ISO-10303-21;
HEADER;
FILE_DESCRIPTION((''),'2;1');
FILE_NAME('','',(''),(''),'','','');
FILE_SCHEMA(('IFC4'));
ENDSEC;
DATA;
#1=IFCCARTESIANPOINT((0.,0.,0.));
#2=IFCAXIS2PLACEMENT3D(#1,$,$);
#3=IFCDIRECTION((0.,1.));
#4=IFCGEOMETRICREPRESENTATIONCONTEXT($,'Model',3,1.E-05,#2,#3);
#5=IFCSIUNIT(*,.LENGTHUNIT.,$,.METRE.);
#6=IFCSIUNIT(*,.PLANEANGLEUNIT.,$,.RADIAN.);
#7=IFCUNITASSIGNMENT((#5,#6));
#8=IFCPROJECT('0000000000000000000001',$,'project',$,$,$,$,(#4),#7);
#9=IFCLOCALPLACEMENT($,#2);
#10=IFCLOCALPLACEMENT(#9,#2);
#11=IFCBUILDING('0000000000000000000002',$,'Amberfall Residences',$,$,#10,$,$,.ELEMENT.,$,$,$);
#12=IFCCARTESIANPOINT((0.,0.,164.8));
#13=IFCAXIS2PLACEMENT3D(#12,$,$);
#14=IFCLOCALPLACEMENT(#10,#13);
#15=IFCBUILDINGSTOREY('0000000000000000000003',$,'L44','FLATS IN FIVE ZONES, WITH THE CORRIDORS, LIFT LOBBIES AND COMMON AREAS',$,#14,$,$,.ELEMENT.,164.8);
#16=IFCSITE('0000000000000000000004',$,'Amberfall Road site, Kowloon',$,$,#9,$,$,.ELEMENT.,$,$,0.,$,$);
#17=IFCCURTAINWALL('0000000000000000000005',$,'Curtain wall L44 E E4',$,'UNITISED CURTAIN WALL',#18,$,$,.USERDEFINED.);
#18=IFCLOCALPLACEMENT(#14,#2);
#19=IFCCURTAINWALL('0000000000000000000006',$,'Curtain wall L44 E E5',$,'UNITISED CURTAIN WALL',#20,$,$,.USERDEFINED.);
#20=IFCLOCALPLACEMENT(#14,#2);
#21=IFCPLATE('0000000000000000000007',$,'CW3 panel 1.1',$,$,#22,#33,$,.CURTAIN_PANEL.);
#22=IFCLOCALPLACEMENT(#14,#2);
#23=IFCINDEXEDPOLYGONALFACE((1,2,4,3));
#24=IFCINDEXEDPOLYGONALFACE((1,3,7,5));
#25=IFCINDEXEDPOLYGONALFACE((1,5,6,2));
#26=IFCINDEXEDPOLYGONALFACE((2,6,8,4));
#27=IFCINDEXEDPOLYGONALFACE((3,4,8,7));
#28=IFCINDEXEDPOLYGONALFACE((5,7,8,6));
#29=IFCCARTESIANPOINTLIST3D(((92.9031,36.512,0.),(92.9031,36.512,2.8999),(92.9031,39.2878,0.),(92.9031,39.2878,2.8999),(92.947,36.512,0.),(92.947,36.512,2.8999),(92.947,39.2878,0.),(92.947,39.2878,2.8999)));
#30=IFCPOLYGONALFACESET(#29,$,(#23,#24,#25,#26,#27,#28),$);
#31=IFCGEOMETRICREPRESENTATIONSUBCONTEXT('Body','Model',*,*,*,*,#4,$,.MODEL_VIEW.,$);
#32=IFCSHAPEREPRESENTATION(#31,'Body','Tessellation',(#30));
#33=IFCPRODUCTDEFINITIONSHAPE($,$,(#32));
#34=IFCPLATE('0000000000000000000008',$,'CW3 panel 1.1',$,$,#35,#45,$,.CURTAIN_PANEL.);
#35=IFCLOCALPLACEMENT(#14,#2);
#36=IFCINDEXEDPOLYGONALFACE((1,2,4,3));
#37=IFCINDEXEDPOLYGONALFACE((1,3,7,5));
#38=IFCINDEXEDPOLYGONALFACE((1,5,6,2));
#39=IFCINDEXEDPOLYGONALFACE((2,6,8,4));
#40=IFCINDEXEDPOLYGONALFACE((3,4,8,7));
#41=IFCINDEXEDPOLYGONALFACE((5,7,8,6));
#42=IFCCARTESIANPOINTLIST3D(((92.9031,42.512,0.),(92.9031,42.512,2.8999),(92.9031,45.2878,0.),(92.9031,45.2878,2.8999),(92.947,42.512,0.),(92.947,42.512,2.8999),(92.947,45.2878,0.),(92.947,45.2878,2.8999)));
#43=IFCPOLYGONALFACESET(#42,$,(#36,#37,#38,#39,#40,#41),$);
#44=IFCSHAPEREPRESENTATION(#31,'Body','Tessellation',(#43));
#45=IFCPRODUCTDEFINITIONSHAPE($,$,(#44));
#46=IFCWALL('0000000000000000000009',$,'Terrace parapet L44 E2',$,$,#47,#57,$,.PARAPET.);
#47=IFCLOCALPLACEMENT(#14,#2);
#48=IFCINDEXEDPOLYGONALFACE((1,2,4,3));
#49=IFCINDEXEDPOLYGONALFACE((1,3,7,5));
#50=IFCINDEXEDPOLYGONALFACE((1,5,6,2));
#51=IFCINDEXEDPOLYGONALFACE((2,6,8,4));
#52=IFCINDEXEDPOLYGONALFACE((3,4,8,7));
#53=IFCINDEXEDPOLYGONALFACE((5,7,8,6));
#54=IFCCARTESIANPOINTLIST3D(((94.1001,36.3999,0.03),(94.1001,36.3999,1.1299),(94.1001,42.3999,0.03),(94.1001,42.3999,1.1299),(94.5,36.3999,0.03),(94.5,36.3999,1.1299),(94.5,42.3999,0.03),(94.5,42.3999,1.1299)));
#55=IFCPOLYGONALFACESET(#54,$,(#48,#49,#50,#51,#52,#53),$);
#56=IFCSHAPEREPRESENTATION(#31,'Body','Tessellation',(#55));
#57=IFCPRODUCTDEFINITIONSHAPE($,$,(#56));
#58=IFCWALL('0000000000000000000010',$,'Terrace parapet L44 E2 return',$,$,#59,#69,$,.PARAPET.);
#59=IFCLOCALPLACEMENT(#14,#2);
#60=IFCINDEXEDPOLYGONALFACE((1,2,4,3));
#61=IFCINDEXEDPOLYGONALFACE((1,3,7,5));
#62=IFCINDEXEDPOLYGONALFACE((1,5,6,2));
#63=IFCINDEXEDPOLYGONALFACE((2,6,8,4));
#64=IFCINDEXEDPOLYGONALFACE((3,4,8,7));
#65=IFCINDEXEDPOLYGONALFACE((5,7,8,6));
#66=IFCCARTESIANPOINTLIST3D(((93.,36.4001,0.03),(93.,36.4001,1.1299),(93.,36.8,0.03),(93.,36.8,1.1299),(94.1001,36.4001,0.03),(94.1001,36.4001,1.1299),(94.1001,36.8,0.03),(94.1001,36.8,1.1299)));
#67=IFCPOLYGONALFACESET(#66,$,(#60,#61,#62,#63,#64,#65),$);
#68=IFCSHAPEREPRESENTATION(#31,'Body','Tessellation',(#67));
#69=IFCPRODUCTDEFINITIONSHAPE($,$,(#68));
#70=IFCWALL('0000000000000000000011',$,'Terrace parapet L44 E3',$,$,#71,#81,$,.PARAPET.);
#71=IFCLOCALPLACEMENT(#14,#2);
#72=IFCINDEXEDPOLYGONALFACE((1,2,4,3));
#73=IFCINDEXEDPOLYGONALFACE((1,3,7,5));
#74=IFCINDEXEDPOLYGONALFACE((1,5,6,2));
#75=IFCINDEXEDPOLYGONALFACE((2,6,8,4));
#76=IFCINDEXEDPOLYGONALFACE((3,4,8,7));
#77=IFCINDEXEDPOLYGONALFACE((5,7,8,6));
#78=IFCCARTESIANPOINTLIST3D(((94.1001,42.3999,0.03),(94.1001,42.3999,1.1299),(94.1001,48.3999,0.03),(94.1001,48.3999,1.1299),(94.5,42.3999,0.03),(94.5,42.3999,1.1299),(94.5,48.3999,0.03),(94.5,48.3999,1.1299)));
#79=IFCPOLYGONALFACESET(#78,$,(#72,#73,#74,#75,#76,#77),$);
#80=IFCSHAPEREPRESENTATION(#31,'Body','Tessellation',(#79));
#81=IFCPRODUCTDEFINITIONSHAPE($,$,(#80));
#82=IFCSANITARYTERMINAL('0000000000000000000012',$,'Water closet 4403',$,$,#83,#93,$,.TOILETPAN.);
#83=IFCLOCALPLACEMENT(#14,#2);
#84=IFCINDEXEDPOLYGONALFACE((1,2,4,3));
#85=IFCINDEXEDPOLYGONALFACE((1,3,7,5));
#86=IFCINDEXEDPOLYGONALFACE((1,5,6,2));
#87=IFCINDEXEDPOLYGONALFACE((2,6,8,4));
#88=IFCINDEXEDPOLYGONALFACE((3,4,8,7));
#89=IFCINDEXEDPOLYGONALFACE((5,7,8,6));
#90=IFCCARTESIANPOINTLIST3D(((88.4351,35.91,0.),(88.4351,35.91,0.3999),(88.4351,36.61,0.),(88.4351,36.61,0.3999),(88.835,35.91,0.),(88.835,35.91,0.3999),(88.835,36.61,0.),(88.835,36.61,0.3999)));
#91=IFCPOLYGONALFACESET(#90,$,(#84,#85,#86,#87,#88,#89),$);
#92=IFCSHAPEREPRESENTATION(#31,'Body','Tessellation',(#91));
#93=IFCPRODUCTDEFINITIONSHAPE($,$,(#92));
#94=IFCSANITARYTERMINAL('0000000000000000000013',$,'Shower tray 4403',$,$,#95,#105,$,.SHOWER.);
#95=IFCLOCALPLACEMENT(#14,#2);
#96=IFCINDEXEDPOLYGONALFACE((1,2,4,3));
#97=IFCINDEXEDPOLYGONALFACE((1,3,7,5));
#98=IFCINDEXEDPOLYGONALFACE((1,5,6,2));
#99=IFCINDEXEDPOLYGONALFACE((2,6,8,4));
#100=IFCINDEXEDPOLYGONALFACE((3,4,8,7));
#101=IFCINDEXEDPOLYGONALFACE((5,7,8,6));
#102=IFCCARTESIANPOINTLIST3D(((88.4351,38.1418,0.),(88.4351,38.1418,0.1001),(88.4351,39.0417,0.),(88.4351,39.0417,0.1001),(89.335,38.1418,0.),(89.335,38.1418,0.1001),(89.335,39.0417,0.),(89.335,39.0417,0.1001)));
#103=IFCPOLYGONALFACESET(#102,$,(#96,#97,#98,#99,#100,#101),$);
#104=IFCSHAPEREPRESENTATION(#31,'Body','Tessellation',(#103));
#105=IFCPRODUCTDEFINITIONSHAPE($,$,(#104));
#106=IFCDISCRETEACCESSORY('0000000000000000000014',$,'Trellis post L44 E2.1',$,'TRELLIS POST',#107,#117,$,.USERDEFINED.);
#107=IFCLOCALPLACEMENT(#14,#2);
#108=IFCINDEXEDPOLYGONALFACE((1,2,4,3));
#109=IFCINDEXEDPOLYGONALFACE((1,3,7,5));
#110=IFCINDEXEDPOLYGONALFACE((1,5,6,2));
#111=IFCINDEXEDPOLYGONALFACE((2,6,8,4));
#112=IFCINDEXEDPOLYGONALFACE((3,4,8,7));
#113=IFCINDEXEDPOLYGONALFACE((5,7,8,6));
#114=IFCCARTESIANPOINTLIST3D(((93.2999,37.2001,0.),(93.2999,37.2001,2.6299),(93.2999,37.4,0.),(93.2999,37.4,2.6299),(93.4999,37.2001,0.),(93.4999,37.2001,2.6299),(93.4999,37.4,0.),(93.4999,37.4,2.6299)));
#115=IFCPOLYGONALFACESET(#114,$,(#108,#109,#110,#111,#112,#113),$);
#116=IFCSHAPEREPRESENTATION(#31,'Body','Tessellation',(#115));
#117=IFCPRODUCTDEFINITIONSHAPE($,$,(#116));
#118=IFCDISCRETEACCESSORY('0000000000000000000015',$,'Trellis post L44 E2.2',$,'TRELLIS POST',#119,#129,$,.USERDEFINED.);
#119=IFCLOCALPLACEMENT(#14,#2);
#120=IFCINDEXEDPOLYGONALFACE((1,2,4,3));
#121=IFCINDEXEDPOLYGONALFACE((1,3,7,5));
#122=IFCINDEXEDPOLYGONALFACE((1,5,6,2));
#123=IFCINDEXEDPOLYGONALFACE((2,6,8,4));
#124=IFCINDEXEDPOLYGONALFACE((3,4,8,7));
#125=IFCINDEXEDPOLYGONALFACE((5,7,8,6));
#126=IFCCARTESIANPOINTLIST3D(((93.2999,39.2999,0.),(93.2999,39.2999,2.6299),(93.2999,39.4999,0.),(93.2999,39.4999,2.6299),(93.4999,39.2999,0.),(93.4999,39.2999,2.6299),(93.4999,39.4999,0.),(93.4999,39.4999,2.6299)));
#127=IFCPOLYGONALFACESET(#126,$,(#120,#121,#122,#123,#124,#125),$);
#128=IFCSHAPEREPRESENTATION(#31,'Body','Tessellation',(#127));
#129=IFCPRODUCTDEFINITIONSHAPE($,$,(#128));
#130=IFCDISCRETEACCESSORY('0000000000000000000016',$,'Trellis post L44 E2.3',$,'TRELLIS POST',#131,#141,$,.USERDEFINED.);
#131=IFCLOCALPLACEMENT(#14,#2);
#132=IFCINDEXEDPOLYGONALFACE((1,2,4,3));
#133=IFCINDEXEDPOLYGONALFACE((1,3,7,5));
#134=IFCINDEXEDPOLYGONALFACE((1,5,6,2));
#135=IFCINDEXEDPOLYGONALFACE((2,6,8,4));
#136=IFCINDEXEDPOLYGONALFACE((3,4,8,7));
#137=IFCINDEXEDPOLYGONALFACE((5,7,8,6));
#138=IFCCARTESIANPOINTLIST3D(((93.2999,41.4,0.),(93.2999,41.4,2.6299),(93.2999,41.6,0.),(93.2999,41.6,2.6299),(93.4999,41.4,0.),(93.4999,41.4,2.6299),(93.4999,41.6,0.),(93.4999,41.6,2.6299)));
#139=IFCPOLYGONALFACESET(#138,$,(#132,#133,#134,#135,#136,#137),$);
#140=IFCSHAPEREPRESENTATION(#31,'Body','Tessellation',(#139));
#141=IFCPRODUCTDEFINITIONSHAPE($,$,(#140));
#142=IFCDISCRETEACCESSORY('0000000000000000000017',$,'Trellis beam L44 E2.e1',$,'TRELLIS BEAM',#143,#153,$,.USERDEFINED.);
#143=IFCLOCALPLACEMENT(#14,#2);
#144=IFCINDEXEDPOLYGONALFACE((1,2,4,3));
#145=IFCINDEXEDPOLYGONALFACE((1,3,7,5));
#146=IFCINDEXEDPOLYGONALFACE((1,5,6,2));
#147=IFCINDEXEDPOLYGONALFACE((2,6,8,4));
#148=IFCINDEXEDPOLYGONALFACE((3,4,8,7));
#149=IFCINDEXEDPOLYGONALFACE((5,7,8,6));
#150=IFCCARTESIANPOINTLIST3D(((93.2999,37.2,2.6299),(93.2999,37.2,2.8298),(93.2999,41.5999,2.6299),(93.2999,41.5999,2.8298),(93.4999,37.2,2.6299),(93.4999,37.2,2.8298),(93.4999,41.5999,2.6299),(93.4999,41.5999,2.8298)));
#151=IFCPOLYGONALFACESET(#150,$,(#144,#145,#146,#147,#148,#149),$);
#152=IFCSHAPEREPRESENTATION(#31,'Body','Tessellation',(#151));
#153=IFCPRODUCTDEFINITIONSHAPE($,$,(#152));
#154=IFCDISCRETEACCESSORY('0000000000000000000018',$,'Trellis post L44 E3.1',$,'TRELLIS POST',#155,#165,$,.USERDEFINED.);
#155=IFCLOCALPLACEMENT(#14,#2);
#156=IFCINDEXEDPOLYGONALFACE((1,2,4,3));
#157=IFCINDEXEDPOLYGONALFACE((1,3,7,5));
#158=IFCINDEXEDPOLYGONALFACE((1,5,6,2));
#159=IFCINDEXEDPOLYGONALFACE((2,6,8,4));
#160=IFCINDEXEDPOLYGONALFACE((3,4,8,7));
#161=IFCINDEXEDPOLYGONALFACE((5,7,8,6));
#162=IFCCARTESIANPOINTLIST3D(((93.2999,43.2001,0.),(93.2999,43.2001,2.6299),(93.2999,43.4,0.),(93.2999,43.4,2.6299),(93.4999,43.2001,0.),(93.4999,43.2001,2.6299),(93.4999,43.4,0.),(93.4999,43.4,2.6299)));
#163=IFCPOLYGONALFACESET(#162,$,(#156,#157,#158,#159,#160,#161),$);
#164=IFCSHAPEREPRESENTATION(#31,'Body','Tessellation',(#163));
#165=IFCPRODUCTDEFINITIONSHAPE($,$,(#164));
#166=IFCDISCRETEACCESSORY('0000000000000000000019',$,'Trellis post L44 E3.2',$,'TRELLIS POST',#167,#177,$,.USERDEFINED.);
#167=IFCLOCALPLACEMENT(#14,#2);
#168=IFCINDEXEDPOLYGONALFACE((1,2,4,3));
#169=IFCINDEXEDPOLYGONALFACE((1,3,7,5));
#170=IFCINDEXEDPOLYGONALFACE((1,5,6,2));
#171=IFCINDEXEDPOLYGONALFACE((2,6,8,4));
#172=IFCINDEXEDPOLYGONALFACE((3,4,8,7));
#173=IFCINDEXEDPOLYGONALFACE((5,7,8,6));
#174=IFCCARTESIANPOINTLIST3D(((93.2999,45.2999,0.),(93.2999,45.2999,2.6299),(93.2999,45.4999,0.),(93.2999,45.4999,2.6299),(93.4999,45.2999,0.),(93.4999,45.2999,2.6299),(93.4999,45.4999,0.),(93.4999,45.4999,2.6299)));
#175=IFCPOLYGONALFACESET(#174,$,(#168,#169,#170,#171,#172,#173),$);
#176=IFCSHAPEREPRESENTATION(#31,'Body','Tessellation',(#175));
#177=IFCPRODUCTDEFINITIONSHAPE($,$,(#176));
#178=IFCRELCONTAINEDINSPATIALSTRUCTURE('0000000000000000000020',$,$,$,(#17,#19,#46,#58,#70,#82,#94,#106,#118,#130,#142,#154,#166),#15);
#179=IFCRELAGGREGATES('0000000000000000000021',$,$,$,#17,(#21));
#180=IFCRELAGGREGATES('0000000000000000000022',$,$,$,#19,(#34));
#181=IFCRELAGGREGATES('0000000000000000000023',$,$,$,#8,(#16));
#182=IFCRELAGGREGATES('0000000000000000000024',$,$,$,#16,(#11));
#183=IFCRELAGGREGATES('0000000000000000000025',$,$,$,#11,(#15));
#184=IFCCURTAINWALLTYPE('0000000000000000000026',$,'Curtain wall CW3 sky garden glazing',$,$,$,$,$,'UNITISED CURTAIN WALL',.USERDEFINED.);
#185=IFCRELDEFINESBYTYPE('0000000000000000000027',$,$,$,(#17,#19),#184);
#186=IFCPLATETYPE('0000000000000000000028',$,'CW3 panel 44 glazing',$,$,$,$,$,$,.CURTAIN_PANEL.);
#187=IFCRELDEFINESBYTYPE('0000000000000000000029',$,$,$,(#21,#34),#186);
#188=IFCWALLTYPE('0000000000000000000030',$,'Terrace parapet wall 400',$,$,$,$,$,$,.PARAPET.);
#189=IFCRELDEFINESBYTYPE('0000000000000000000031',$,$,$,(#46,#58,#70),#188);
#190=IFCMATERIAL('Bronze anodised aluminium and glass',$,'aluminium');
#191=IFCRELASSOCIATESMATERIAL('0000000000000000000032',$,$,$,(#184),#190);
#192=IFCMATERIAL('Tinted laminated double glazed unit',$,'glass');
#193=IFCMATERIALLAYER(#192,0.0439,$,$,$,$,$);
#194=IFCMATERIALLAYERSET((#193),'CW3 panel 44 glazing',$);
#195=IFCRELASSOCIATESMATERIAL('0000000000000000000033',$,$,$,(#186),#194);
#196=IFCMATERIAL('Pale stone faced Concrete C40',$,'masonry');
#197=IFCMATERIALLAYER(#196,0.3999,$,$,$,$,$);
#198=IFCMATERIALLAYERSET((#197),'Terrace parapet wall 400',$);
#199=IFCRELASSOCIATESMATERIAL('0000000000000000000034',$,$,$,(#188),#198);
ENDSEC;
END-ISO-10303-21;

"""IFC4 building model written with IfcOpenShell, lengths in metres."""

from ifc_helpers import new_model, si_unit, direction, frame, frame_2d, origin, origin_2d, place, context, subcontext, project, spatial, rectangle, extrude, material, layer, layer_set, type_object, element, aggregate, save


model = new_model("IFC4")

# Units and contexts
model_context = context("Model", 3, precision=1e-05, world=origin(), true_north=direction((0.0, 1.0)))
body_context = subcontext(model_context, "Body", "Model", "MODEL_VIEW")
ifc_project = project(units=[si_unit("LENGTHUNIT", "METRE"), si_unit("PLANEANGLEUNIT", "RADIAN")], contexts=[model_context])

# Site, building, storey
site_placement = place(None, origin())
site = spatial("IfcSite", under=ifc_project, at=site_placement, Name="Amberfall Road site, Kowloon", CompositionType="ELEMENT", RefElevation=0.0)
building_placement = place(site_placement, origin())
building = spatial("IfcBuilding", under=site, at=building_placement, Name="Amberfall Residences", CompositionType="ELEMENT")
storey_placement = place(building_placement, frame((0.0, 0.0, 164.8)))
storey = spatial("IfcBuildingStorey", under=building, at=storey_placement, Name="L44", Description="FLATS IN FIVE ZONES, WITH THE CORRIDORS, LIFT LOBBIES AND COMMON AREAS", CompositionType="ELEMENT", Elevation=164.8)

# Curtain walls
ifc_material_1 = material(Name="Bronze anodised aluminium and glass", Category="aluminium")
curtain_wall_type = type_object("IfcCurtainWallType", Name="Curtain wall CW3 sky garden glazing", ElementType="UNITISED CURTAIN WALL", PredefinedType="USERDEFINED", material=ifc_material_1)
curtain_wall_1_placement = place(storey_placement, origin())
curtain_wall_1 = element("IfcCurtainWall", 1, at=curtain_wall_1_placement, inside=storey, type_object=curtain_wall_type, Name="Curtain wall L44 E E4", ObjectType="UNITISED CURTAIN WALL", PredefinedType="USERDEFINED")
curtain_wall_2_placement = place(storey_placement, origin())
curtain_wall_2 = element("IfcCurtainWall", 2, at=curtain_wall_2_placement, inside=storey, type_object=curtain_wall_type, Name="Curtain wall L44 E E5", ObjectType="UNITISED CURTAIN WALL", PredefinedType="USERDEFINED")

# Plates
ifc_material_2 = material(Name="Tinted laminated double glazed unit", Category="glass")
ifc_layer_1 = layer(ifc_material_2, 0.0439)
ifc_layer_set_1 = layer_set([ifc_layer_1], Name="CW3 panel 44 glazing")
plate_type = type_object("IfcPlateType", Name="CW3 panel 44 glazing", PredefinedType="CURTAIN_PANEL", material=ifc_layer_set_1)
plate_1_placement = place(storey_placement, frame((92.925, 37.8999, 0.0), z_axis=(0.0, 0.0, 1.0), x_axis=(0.0, 1.0, 0.0)))
plate_1 = element("IfcPlate", 3, at=plate_1_placement, type_object=plate_type, Name="CW3 panel 1.1", PredefinedType="CURTAIN_PANEL", context=body_context, shape_type="SweptSolid", body=[
    extrude(rectangle(XDim=2.7759, YDim=0.0439, at=origin_2d()), origin(), (0.0, 0.0, 1.0), 2.8999),
])
aggregate(curtain_wall_1, [plate_1])
plate_2_placement = place(storey_placement, frame((92.925, 43.8999, 0.0), z_axis=(0.0, 0.0, 1.0), x_axis=(0.0, 1.0, 0.0)))
plate_2 = element("IfcPlate", 4, at=plate_2_placement, type_object=plate_type, Name="CW3 panel 1.1", PredefinedType="CURTAIN_PANEL", context=body_context, shape_type="SweptSolid", body=[
    extrude(rectangle(XDim=2.7759, YDim=0.0439, at=origin_2d()), origin(), (0.0, 0.0, 1.0), 2.8999),
])
aggregate(curtain_wall_2, [plate_2])

# Walls
ifc_material_3 = material(Name="Pale stone faced Concrete C40", Category="masonry")
ifc_layer_2 = layer(ifc_material_3, 0.3999)
ifc_layer_set_2 = layer_set([ifc_layer_2], Name="Terrace parapet wall 400")
wall_type_1 = type_object("IfcWallType", Name="Terrace parapet wall 400", PredefinedType="PARAPET", material=ifc_layer_set_2)
wall_1_placement = place(storey_placement, frame((94.3, 36.3999, 0.03), z_axis=(0.0, 0.0, 1.0), x_axis=(0.0, 1.0, 0.0)))
element("IfcWall", 5, at=wall_1_placement, inside=storey, type_object=wall_type_1, Name="Terrace parapet L44 E2", PredefinedType="PARAPET", context=body_context, shape_type="SweptSolid", body=[
    extrude(rectangle(XDim=6.0, YDim=0.3999, at=frame_2d((3.0, 0.0))), origin(), (0.0, 0.0, 1.0), 1.0999),
])
wall_2_placement = place(storey_placement, frame((93.0, 36.6001, 0.03), z_axis=(0.0, 0.0, 1.0), x_axis=(1.0, 0.0, 0.0)))
element("IfcWall", 6, at=wall_2_placement, inside=storey, type_object=wall_type_1, Name="Terrace parapet L44 E2 return", PredefinedType="PARAPET", context=body_context, shape_type="SweptSolid", body=[
    extrude(rectangle(XDim=1.1001, YDim=0.3999, at=frame_2d((0.55, 0.0))), origin(), (0.0, 0.0, 1.0), 1.0999),
])
wall_3_placement = place(storey_placement, frame((94.3, 42.3999, 0.03), z_axis=(0.0, 0.0, 1.0), x_axis=(0.0, 1.0, 0.0)))
element("IfcWall", 7, at=wall_3_placement, inside=storey, type_object=wall_type_1, Name="Terrace parapet L44 E3", PredefinedType="PARAPET", context=body_context, shape_type="SweptSolid", body=[
    extrude(rectangle(XDim=6.0, YDim=0.3999, at=frame_2d((3.0, 0.0))), origin(), (0.0, 0.0, 1.0), 1.0999),
])

# Sanitary terminals
sanitary_terminal_1_placement = place(storey_placement, frame((88.635, 36.26, 0.0), z_axis=(0.0, 0.0, 1.0), x_axis=(1.0, 0.0, 0.0)))
element("IfcSanitaryTerminal", 8, at=sanitary_terminal_1_placement, inside=storey, Name="Water closet 4403", PredefinedType="TOILETPAN", context=body_context, shape_type="SweptSolid", body=[
    extrude(rectangle(XDim=0.3999, YDim=0.7, at=origin_2d()), origin(), (0.0, 0.0, 1.0), 0.3999),
])
sanitary_terminal_2_placement = place(storey_placement, frame((88.885, 38.5918, 0.0), z_axis=(0.0, 0.0, 1.0), x_axis=(1.0, 0.0, 0.0)))
element("IfcSanitaryTerminal", 9, at=sanitary_terminal_2_placement, inside=storey, Name="Shower tray 4403", PredefinedType="SHOWER", context=body_context, shape_type="SweptSolid", body=[
    extrude(rectangle(XDim=0.8999, YDim=0.8999, at=origin_2d()), origin(), (0.0, 0.0, 1.0), 0.1001),
])

# Discrete accessories
for number, where, z_axis, x_axis, name in (
    (10, (93.3999, 37.3, 0.0), (0.0, 0.0, 1.0), (1.0, 0.0, 0.0), "Trellis post L44 E2.1"),
    (11, (93.3999, 39.3999, 0.0), (0.0, 0.0, 1.0), (1.0, 0.0, 0.0), "Trellis post L44 E2.2"),
    (12, (93.3999, 41.5, 0.0), (0.0, 0.0, 1.0), (1.0, 0.0, 0.0), "Trellis post L44 E2.3"),
):
    element("IfcDiscreteAccessory", number, at=place(storey_placement, frame(where, z_axis=z_axis, x_axis=x_axis)), inside=storey, Name=name, ObjectType="TRELLIS POST", PredefinedType="USERDEFINED", context=body_context, shape_type="SweptSolid", body=[
        extrude(rectangle(XDim=0.2, YDim=0.2, at=origin_2d()), origin(), (0.0, 0.0, 1.0), 2.6299),
    ])
discrete_accessory_placement = place(storey_placement, frame((93.3999, 39.3999, 2.6299), z_axis=(0.0, 0.0, 1.0), x_axis=(0.0, 1.0, 0.0)))
element("IfcDiscreteAccessory", 13, at=discrete_accessory_placement, inside=storey, Name="Trellis beam L44 E2.e1", ObjectType="TRELLIS BEAM", PredefinedType="USERDEFINED", context=body_context, shape_type="SweptSolid", body=[
    extrude(rectangle(XDim=4.3999, YDim=0.2, at=origin_2d()), origin(), (0.0, 0.0, 1.0), 0.2),
])
for number, where, z_axis, x_axis, name in (
    (14, (93.3999, 43.3, 0.0), (0.0, 0.0, 1.0), (1.0, 0.0, 0.0), "Trellis post L44 E3.1"),
    (15, (93.3999, 45.3999, 0.0), (0.0, 0.0, 1.0), (1.0, 0.0, 0.0), "Trellis post L44 E3.2"),
):
    element("IfcDiscreteAccessory", number, at=place(storey_placement, frame(where, z_axis=z_axis, x_axis=x_axis)), inside=storey, Name=name, ObjectType="TRELLIS POST", PredefinedType="USERDEFINED", context=body_context, shape_type="SweptSolid", body=[
        extrude(rectangle(XDim=0.2, YDim=0.2, at=origin_2d()), origin(), (0.0, 0.0, 1.0), 2.6299),
    ])

save(model, "model.ifc")
